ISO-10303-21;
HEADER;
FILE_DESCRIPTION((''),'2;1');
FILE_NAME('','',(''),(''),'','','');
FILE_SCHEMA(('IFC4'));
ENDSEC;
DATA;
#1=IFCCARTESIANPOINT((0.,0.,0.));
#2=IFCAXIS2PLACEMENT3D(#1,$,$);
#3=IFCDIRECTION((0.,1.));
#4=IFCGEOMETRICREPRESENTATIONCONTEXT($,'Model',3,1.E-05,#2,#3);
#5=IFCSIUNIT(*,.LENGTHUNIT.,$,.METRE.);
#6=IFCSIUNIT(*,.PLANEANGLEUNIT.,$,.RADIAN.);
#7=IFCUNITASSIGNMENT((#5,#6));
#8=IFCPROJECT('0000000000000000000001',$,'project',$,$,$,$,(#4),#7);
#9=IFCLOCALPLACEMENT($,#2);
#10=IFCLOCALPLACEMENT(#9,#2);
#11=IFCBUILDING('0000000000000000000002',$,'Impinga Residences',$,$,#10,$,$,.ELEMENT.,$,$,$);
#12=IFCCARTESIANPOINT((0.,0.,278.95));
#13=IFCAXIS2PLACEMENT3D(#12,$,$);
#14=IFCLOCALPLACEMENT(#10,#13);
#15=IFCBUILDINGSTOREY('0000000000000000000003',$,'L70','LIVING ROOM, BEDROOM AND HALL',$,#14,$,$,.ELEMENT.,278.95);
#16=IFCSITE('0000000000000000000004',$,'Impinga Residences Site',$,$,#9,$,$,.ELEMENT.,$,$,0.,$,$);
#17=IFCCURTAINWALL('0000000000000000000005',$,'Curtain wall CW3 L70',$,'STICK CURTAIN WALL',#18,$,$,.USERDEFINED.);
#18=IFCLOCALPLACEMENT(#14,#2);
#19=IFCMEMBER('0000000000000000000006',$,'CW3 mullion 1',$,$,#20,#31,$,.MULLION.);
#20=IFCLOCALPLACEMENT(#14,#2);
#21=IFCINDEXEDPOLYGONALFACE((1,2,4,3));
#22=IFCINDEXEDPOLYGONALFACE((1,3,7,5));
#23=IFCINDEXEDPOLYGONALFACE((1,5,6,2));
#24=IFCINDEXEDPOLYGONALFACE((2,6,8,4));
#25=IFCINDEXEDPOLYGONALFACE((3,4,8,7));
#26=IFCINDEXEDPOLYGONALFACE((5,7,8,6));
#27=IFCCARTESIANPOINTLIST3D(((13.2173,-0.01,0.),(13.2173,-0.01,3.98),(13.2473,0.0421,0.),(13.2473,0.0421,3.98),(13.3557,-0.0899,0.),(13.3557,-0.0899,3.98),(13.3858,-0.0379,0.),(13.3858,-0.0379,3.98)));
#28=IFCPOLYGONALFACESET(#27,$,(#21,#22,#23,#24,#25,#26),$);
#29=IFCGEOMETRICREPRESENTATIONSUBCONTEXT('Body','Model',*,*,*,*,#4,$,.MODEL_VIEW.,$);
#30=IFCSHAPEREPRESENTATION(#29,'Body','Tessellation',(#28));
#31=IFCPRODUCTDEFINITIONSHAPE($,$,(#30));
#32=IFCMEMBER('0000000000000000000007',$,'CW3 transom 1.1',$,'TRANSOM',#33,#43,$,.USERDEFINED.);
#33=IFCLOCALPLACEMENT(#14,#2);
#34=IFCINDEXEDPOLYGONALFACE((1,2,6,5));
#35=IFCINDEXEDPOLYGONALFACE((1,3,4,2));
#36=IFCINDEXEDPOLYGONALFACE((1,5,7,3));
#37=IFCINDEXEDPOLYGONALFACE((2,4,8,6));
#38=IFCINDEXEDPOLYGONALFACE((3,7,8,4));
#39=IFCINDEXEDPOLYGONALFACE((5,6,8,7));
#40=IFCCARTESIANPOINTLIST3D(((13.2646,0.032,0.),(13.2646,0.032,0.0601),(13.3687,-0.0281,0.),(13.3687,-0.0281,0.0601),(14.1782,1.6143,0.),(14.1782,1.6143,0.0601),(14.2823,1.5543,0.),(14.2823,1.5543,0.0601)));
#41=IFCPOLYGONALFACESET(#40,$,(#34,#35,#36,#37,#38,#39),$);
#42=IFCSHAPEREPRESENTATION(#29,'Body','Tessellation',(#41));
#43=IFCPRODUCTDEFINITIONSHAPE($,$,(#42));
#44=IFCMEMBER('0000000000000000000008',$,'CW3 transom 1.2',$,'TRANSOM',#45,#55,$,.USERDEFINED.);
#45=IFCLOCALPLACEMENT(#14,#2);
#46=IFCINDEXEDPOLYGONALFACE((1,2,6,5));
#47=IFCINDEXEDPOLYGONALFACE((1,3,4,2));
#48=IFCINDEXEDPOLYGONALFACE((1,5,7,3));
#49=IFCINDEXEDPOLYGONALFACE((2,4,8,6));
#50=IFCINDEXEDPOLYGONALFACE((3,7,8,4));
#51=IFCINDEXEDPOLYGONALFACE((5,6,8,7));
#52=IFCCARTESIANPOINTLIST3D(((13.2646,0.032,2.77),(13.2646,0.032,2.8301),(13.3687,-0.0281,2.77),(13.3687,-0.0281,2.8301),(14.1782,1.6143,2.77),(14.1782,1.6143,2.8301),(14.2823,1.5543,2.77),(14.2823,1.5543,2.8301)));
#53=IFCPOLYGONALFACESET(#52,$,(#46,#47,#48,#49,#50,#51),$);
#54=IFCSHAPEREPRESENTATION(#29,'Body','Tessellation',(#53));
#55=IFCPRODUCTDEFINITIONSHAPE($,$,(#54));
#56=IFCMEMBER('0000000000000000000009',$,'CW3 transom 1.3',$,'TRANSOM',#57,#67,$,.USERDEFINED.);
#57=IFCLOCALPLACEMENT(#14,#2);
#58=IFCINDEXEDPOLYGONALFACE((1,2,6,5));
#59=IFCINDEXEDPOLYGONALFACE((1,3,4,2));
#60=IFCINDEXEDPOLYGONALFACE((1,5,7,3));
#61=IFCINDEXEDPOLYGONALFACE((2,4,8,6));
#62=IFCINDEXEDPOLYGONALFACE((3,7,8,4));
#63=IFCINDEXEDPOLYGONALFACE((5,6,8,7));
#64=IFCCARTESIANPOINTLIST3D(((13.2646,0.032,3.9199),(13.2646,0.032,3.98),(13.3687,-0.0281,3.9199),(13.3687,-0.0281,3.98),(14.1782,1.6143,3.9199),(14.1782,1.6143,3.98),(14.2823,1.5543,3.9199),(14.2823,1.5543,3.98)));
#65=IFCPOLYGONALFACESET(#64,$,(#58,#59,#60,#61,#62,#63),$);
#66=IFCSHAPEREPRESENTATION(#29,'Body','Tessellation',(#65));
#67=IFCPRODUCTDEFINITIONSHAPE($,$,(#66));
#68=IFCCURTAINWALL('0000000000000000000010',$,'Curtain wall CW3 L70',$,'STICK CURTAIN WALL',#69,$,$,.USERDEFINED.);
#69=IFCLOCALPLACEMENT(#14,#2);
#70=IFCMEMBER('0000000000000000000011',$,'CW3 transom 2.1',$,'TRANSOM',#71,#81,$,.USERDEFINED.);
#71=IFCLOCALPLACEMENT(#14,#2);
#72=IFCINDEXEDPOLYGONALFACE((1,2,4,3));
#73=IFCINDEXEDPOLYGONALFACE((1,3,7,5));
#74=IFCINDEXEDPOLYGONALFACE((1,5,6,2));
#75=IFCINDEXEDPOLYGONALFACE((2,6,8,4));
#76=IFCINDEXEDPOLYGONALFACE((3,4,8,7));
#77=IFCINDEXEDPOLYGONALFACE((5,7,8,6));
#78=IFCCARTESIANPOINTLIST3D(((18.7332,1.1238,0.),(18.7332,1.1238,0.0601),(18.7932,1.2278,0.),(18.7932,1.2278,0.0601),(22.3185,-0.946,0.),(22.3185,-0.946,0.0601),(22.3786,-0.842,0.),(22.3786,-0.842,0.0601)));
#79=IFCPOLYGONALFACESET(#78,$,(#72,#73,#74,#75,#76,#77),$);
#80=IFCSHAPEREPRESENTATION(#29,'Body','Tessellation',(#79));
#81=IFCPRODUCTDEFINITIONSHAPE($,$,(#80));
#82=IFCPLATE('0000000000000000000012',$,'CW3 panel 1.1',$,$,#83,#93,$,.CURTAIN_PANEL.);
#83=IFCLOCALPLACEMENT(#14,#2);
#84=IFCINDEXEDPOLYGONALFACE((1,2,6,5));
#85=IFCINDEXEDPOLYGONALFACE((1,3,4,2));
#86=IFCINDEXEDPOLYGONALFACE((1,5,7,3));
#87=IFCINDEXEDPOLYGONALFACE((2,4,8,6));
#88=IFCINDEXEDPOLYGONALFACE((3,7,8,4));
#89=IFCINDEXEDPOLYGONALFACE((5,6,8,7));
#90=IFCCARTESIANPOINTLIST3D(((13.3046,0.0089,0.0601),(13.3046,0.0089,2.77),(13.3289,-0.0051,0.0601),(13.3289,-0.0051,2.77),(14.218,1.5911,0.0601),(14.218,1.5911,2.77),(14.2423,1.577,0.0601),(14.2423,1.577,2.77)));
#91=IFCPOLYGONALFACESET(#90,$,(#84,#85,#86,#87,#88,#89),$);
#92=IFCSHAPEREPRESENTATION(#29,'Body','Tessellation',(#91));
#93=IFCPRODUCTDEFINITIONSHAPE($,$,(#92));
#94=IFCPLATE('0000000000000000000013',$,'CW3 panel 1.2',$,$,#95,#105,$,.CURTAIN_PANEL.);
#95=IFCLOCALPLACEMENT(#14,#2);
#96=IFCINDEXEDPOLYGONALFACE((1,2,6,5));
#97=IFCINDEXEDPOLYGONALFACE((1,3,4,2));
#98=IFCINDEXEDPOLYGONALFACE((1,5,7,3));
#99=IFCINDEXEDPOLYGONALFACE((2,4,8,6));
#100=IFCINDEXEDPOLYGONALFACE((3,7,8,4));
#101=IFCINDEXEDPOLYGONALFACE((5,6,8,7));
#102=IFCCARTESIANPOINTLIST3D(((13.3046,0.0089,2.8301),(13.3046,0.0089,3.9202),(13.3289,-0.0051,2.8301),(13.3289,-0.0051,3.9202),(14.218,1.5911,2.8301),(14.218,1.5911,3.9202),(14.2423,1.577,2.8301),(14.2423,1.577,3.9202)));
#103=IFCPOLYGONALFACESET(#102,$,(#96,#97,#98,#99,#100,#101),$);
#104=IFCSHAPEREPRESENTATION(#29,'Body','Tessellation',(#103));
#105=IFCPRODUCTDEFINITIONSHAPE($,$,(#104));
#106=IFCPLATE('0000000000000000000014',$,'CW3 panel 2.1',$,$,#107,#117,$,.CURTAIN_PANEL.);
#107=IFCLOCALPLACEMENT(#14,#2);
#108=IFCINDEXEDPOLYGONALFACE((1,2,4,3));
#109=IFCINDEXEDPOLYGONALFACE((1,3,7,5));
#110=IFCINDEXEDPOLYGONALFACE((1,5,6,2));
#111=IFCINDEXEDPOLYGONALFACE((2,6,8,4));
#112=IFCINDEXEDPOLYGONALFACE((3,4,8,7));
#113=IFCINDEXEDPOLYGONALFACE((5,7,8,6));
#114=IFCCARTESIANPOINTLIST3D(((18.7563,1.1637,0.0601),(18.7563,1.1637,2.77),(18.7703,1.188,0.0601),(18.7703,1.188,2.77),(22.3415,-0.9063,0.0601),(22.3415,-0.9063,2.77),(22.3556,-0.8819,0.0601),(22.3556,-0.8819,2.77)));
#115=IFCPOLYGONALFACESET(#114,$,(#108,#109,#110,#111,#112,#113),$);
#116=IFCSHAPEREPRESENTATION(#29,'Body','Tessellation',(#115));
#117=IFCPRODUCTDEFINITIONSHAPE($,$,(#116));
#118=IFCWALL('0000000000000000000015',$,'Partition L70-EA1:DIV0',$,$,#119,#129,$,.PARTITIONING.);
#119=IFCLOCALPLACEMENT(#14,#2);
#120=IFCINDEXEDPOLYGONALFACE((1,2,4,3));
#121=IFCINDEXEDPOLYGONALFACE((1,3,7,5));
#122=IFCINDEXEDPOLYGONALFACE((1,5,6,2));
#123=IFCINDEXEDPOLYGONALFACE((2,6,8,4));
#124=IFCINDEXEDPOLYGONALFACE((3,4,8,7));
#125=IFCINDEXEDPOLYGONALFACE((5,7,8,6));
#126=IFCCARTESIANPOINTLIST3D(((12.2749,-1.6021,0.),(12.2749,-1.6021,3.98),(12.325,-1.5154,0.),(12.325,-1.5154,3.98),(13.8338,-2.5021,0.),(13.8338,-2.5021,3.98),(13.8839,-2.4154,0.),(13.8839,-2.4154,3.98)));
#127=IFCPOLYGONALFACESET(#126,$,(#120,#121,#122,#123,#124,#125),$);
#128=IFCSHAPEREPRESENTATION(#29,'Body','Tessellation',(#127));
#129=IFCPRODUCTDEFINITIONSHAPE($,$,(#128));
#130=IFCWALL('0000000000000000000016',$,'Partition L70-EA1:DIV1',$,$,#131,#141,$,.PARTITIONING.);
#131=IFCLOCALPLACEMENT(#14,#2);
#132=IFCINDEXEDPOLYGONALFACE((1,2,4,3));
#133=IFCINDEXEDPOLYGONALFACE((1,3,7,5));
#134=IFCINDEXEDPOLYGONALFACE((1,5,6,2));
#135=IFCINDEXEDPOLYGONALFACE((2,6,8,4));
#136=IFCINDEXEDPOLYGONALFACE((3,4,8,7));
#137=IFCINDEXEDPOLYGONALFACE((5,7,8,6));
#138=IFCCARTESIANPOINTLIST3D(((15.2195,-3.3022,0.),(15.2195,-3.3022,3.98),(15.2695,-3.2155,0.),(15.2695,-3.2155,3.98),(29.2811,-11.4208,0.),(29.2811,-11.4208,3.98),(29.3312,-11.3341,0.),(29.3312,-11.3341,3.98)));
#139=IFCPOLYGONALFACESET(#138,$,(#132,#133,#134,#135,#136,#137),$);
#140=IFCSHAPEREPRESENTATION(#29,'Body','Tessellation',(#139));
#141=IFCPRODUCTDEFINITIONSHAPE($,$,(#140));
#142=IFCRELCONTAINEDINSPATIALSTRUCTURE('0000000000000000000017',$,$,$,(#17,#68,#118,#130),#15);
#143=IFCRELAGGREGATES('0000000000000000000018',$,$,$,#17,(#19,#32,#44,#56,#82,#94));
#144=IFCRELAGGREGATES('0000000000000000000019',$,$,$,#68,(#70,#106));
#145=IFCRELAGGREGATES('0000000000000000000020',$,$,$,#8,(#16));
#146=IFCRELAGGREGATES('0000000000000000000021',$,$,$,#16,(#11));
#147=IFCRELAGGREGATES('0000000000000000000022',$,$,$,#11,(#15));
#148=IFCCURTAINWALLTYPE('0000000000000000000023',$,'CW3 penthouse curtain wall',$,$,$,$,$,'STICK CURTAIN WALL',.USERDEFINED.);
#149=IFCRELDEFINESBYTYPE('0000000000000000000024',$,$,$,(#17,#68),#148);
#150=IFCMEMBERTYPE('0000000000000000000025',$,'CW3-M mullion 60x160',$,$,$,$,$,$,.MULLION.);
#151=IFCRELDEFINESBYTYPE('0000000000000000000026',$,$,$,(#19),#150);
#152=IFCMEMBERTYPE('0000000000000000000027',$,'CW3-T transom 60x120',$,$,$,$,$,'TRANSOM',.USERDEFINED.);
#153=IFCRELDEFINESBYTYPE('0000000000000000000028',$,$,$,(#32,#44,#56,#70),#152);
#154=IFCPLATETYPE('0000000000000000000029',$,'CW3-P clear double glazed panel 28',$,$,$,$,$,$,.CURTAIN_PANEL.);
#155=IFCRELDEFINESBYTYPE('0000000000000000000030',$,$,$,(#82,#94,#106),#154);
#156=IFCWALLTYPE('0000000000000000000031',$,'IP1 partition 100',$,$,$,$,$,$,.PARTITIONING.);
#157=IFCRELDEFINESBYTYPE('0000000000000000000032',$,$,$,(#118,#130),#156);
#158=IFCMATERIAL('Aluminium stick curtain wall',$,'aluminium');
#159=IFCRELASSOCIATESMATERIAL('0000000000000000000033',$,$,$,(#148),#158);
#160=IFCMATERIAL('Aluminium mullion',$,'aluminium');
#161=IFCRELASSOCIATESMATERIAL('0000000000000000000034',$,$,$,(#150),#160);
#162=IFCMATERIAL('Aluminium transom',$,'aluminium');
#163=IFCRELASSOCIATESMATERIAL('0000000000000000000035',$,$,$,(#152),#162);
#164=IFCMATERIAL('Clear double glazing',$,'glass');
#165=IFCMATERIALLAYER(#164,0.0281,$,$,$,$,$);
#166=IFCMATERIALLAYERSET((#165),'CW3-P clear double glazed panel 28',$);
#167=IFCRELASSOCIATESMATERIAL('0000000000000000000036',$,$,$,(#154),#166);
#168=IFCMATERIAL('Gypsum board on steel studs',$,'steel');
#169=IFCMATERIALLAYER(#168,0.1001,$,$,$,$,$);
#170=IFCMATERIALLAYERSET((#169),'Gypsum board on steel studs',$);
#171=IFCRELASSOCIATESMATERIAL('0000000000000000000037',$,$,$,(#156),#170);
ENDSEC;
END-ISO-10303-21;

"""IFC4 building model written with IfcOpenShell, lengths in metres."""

from ifc_helpers import new_model, si_unit, direction, frame, frame_2d, origin, origin_2d, place, context, subcontext, project, spatial, rectangle, extrude, material, layer, layer_set, material_profile, profile_set, type_object, element, aggregate, save


model = new_model("IFC4")

# Units and contexts
model_context = context("Model", 3, precision=1e-05, world=origin(), true_north=direction((0.0, 1.0)))
body_context = subcontext(model_context, "Body", "Model", "MODEL_VIEW")
ifc_project = project(units=[si_unit("LENGTHUNIT", "METRE"), si_unit("PLANEANGLEUNIT", "RADIAN")], contexts=[model_context])

# Site, building, storey
site_placement = place(None, origin())
site = spatial("IfcSite", under=ifc_project, at=site_placement, Name="Impinga Residences Site", CompositionType="ELEMENT", RefElevation=0.0)
building_placement = place(site_placement, origin())
building = spatial("IfcBuilding", under=site, at=building_placement, Name="Impinga Residences", CompositionType="ELEMENT")
storey_placement = place(building_placement, frame((0.0, 0.0, 278.95)))
storey = spatial("IfcBuildingStorey", under=building, at=storey_placement, Name="L70", Description="LIVING ROOM, BEDROOM AND HALL", CompositionType="ELEMENT", Elevation=278.95)

# Curtain wall, members
ifc_material_1 = material(Name="Aluminium stick curtain wall", Category="aluminium")
curtain_wall_type = type_object("IfcCurtainWallType", Name="CW3 penthouse curtain wall", ElementType="STICK CURTAIN WALL", PredefinedType="USERDEFINED", material=ifc_material_1)
curtain_wall_1_placement = place(storey_placement, origin())
curtain_wall_1 = element("IfcCurtainWall", 1, at=curtain_wall_1_placement, inside=storey, type_object=curtain_wall_type, Name="Curtain wall CW3 L70", ObjectType="STICK CURTAIN WALL", PredefinedType="USERDEFINED")
ifc_material_2 = material(Name="Aluminium mullion", Category="aluminium")
ifc_material_profile_1 = material_profile(ifc_material_2, rectangle(XDim=0.0601, YDim=0.1599, at=origin_2d()), Name="60x160 mullion")
ifc_profile_set_1 = profile_set([ifc_material_profile_1], Name="Aluminium mullion")
member_type_1 = type_object("IfcMemberType", Name="CW3-M mullion 60x160", PredefinedType="MULLION", material=ifc_profile_set_1)
member_1_placement = place(storey_placement, frame((13.3015, -0.0239, 0.0), z_axis=(0.0, 0.0, 1.0), x_axis=(0.5, 0.866025, 0.0)))
member_1 = element("IfcMember", 2, at=member_1_placement, type_object=member_type_1, Name="CW3 mullion 1", PredefinedType="MULLION", context=body_context, shape_type="SweptSolid", body=[
    extrude(rectangle(XDim=0.0601, YDim=0.1599, at=origin_2d()), origin(), (0.0, 0.0, 1.0), 3.98),
])
ifc_material_3 = material(Name="Aluminium transom", Category="aluminium")
ifc_material_profile_2 = material_profile(ifc_material_3, rectangle(XDim=0.0601, YDim=0.1201, at=origin_2d()), Name="60x120 transom")
ifc_profile_set_2 = profile_set([ifc_material_profile_2], Name="Aluminium transom")
member_type_2 = type_object("IfcMemberType", Name="CW3-T transom 60x120", ElementType="TRANSOM", PredefinedType="USERDEFINED", material=ifc_profile_set_2)
member_2_placement = place(storey_placement, frame((13.3167, 0.002, 0.03), z_axis=(0.500019, 0.866014, 0.0), x_axis=(0.0, 0.0, 1.0)))
member_2 = element("IfcMember", 3, at=member_2_placement, type_object=member_type_2, Name="CW3 transom 1.1", ObjectType="TRANSOM", PredefinedType="USERDEFINED", context=body_context, shape_type="SweptSolid", body=[
    extrude(rectangle(XDim=0.0601, YDim=0.1201, at=origin_2d()), origin(), (0.0, 0.0, 1.0), 1.8271),
])
member_3_placement = place(storey_placement, frame((13.3167, 0.002, 2.8), z_axis=(0.500019, 0.866014, 0.0), x_axis=(0.0, 0.0, 1.0)))
member_3 = element("IfcMember", 4, at=member_3_placement, type_object=member_type_2, Name="CW3 transom 1.2", ObjectType="TRANSOM", PredefinedType="USERDEFINED", context=body_context, shape_type="SweptSolid", body=[
    extrude(rectangle(XDim=0.0601, YDim=0.1201, at=origin_2d()), origin(), (0.0, 0.0, 1.0), 1.8271),
])
member_4_placement = place(storey_placement, frame((13.3167, 0.002, 3.95), z_axis=(0.500019, 0.866014, 0.0), x_axis=(0.0, 0.0, 1.0)))
member_4 = element("IfcMember", 5, at=member_4_placement, type_object=member_type_2, Name="CW3 transom 1.3", ObjectType="TRANSOM", PredefinedType="USERDEFINED", context=body_context, shape_type="SweptSolid", body=[
    extrude(rectangle(XDim=0.0601, YDim=0.1201, at=origin_2d()), origin(), (0.0, 0.0, 1.0), 1.8271),
])

# Curtain wall, member
curtain_wall_2_placement = place(storey_placement, origin())
curtain_wall_2 = element("IfcCurtainWall", 6, at=curtain_wall_2_placement, inside=storey, type_object=curtain_wall_type, Name="Curtain wall CW3 L70", ObjectType="STICK CURTAIN WALL", PredefinedType="USERDEFINED")
member_5_placement = place(storey_placement, frame((18.7632, 1.1758, 0.03), z_axis=(0.86605, -0.499957, 0.0), x_axis=(0.0, 0.0, 1.0)))
member_5 = element("IfcMember", 7, at=member_5_placement, type_object=member_type_2, Name="CW3 transom 2.1", ObjectType="TRANSOM", PredefinedType="USERDEFINED", context=body_context, shape_type="SweptSolid", body=[
    extrude(rectangle(XDim=0.0601, YDim=0.1201, at=origin_2d()), origin(), (0.0, 0.0, 1.0), 4.1399),
])

# Plates
ifc_material_4 = material(Name="Clear double glazing", Category="glass")
ifc_layer_1 = layer(ifc_material_4, 0.0281)
ifc_layer_set_1 = layer_set([ifc_layer_1], Name="CW3-P clear double glazed panel 28")
plate_type = type_object("IfcPlateType", Name="CW3-P clear double glazed panel 28", PredefinedType="CURTAIN_PANEL", material=ifc_layer_set_1)
plate_1_placement = place(storey_placement, frame((13.7734, 0.793, 0.0601), z_axis=(0.0, 0.0, 1.0), x_axis=(0.5, 0.866025, 0.0)))
plate_1 = element("IfcPlate", 8, at=plate_1_placement, type_object=plate_type, Name="CW3 panel 1.1", PredefinedType="CURTAIN_PANEL", context=body_context, shape_type="SweptSolid", body=[
    extrude(rectangle(XDim=1.8269, YDim=0.0281, at=origin_2d()), origin(), (0.0, 0.0, 1.0), 2.71),
])
plate_2_placement = place(storey_placement, frame((13.7734, 0.793, 2.8301), z_axis=(0.0, 0.0, 1.0), x_axis=(0.5, 0.866025, 0.0)))
plate_2 = element("IfcPlate", 9, at=plate_2_placement, type_object=plate_type, Name="CW3 panel 1.2", PredefinedType="CURTAIN_PANEL", context=body_context, shape_type="SweptSolid", body=[
    extrude(rectangle(XDim=1.8269, YDim=0.0281, at=origin_2d()), origin(), (0.0, 0.0, 1.0), 1.0901),
])
aggregate(curtain_wall_1, [member_1, member_2, member_3, member_4, plate_1, plate_2])
plate_3_placement = place(storey_placement, frame((20.5559, 0.1409, 0.0601), z_axis=(0.0, 0.0, 1.0), x_axis=(0.866025, -0.5, 0.0)))
plate_3 = element("IfcPlate", 10, at=plate_3_placement, type_object=plate_type, Name="CW3 panel 2.1", PredefinedType="CURTAIN_PANEL", context=body_context, shape_type="SweptSolid", body=[
    extrude(rectangle(XDim=4.1399, YDim=0.0281, at=origin_2d()), origin(), (0.0, 0.0, 1.0), 2.71),
])
aggregate(curtain_wall_2, [member_5, plate_3])

# Walls
ifc_material_5 = material(Name="Gypsum board on steel studs", Category="steel")
ifc_layer_2 = layer(ifc_material_5, 0.1001)
ifc_layer_set_2 = layer_set([ifc_layer_2], Name="Gypsum board on steel studs")
wall_type_1 = type_object("IfcWallType", Name="IP1 partition 100", PredefinedType="PARTITIONING", material=ifc_layer_set_2)
wall_1_placement = place(storey_placement, frame((12.3, -1.5588, 0.0), z_axis=(0.0, 0.0, 1.0), x_axis=(0.866048, -0.499961, 0.0)))
element("IfcWall", 11, at=wall_1_placement, inside=storey, type_object=wall_type_1, Name="Partition L70-EA1:DIV0", PredefinedType="PARTITIONING", context=body_context, shape_type="SweptSolid", body=[
    extrude(rectangle(XDim=1.8, YDim=0.1001, at=frame_2d((0.8999, 0.0))), origin(), (0.0, 0.0, 1.0), 3.98),
])
wall_2_placement = place(storey_placement, frame((15.2444, -3.2588, 0.0), z_axis=(0.0, 0.0, 1.0), x_axis=(0.866023, -0.500004, 0.0)))
element("IfcWall", 12, at=wall_2_placement, inside=storey, type_object=wall_type_1, Name="Partition L70-EA1:DIV1", PredefinedType="PARTITIONING", context=body_context, shape_type="SweptSolid", body=[
    extrude(rectangle(XDim=16.2371, YDim=0.1001, at=frame_2d((8.1187, 0.0))), origin(), (0.0, 0.0, 1.0), 3.98),
])

save(model, "model.ifc")
